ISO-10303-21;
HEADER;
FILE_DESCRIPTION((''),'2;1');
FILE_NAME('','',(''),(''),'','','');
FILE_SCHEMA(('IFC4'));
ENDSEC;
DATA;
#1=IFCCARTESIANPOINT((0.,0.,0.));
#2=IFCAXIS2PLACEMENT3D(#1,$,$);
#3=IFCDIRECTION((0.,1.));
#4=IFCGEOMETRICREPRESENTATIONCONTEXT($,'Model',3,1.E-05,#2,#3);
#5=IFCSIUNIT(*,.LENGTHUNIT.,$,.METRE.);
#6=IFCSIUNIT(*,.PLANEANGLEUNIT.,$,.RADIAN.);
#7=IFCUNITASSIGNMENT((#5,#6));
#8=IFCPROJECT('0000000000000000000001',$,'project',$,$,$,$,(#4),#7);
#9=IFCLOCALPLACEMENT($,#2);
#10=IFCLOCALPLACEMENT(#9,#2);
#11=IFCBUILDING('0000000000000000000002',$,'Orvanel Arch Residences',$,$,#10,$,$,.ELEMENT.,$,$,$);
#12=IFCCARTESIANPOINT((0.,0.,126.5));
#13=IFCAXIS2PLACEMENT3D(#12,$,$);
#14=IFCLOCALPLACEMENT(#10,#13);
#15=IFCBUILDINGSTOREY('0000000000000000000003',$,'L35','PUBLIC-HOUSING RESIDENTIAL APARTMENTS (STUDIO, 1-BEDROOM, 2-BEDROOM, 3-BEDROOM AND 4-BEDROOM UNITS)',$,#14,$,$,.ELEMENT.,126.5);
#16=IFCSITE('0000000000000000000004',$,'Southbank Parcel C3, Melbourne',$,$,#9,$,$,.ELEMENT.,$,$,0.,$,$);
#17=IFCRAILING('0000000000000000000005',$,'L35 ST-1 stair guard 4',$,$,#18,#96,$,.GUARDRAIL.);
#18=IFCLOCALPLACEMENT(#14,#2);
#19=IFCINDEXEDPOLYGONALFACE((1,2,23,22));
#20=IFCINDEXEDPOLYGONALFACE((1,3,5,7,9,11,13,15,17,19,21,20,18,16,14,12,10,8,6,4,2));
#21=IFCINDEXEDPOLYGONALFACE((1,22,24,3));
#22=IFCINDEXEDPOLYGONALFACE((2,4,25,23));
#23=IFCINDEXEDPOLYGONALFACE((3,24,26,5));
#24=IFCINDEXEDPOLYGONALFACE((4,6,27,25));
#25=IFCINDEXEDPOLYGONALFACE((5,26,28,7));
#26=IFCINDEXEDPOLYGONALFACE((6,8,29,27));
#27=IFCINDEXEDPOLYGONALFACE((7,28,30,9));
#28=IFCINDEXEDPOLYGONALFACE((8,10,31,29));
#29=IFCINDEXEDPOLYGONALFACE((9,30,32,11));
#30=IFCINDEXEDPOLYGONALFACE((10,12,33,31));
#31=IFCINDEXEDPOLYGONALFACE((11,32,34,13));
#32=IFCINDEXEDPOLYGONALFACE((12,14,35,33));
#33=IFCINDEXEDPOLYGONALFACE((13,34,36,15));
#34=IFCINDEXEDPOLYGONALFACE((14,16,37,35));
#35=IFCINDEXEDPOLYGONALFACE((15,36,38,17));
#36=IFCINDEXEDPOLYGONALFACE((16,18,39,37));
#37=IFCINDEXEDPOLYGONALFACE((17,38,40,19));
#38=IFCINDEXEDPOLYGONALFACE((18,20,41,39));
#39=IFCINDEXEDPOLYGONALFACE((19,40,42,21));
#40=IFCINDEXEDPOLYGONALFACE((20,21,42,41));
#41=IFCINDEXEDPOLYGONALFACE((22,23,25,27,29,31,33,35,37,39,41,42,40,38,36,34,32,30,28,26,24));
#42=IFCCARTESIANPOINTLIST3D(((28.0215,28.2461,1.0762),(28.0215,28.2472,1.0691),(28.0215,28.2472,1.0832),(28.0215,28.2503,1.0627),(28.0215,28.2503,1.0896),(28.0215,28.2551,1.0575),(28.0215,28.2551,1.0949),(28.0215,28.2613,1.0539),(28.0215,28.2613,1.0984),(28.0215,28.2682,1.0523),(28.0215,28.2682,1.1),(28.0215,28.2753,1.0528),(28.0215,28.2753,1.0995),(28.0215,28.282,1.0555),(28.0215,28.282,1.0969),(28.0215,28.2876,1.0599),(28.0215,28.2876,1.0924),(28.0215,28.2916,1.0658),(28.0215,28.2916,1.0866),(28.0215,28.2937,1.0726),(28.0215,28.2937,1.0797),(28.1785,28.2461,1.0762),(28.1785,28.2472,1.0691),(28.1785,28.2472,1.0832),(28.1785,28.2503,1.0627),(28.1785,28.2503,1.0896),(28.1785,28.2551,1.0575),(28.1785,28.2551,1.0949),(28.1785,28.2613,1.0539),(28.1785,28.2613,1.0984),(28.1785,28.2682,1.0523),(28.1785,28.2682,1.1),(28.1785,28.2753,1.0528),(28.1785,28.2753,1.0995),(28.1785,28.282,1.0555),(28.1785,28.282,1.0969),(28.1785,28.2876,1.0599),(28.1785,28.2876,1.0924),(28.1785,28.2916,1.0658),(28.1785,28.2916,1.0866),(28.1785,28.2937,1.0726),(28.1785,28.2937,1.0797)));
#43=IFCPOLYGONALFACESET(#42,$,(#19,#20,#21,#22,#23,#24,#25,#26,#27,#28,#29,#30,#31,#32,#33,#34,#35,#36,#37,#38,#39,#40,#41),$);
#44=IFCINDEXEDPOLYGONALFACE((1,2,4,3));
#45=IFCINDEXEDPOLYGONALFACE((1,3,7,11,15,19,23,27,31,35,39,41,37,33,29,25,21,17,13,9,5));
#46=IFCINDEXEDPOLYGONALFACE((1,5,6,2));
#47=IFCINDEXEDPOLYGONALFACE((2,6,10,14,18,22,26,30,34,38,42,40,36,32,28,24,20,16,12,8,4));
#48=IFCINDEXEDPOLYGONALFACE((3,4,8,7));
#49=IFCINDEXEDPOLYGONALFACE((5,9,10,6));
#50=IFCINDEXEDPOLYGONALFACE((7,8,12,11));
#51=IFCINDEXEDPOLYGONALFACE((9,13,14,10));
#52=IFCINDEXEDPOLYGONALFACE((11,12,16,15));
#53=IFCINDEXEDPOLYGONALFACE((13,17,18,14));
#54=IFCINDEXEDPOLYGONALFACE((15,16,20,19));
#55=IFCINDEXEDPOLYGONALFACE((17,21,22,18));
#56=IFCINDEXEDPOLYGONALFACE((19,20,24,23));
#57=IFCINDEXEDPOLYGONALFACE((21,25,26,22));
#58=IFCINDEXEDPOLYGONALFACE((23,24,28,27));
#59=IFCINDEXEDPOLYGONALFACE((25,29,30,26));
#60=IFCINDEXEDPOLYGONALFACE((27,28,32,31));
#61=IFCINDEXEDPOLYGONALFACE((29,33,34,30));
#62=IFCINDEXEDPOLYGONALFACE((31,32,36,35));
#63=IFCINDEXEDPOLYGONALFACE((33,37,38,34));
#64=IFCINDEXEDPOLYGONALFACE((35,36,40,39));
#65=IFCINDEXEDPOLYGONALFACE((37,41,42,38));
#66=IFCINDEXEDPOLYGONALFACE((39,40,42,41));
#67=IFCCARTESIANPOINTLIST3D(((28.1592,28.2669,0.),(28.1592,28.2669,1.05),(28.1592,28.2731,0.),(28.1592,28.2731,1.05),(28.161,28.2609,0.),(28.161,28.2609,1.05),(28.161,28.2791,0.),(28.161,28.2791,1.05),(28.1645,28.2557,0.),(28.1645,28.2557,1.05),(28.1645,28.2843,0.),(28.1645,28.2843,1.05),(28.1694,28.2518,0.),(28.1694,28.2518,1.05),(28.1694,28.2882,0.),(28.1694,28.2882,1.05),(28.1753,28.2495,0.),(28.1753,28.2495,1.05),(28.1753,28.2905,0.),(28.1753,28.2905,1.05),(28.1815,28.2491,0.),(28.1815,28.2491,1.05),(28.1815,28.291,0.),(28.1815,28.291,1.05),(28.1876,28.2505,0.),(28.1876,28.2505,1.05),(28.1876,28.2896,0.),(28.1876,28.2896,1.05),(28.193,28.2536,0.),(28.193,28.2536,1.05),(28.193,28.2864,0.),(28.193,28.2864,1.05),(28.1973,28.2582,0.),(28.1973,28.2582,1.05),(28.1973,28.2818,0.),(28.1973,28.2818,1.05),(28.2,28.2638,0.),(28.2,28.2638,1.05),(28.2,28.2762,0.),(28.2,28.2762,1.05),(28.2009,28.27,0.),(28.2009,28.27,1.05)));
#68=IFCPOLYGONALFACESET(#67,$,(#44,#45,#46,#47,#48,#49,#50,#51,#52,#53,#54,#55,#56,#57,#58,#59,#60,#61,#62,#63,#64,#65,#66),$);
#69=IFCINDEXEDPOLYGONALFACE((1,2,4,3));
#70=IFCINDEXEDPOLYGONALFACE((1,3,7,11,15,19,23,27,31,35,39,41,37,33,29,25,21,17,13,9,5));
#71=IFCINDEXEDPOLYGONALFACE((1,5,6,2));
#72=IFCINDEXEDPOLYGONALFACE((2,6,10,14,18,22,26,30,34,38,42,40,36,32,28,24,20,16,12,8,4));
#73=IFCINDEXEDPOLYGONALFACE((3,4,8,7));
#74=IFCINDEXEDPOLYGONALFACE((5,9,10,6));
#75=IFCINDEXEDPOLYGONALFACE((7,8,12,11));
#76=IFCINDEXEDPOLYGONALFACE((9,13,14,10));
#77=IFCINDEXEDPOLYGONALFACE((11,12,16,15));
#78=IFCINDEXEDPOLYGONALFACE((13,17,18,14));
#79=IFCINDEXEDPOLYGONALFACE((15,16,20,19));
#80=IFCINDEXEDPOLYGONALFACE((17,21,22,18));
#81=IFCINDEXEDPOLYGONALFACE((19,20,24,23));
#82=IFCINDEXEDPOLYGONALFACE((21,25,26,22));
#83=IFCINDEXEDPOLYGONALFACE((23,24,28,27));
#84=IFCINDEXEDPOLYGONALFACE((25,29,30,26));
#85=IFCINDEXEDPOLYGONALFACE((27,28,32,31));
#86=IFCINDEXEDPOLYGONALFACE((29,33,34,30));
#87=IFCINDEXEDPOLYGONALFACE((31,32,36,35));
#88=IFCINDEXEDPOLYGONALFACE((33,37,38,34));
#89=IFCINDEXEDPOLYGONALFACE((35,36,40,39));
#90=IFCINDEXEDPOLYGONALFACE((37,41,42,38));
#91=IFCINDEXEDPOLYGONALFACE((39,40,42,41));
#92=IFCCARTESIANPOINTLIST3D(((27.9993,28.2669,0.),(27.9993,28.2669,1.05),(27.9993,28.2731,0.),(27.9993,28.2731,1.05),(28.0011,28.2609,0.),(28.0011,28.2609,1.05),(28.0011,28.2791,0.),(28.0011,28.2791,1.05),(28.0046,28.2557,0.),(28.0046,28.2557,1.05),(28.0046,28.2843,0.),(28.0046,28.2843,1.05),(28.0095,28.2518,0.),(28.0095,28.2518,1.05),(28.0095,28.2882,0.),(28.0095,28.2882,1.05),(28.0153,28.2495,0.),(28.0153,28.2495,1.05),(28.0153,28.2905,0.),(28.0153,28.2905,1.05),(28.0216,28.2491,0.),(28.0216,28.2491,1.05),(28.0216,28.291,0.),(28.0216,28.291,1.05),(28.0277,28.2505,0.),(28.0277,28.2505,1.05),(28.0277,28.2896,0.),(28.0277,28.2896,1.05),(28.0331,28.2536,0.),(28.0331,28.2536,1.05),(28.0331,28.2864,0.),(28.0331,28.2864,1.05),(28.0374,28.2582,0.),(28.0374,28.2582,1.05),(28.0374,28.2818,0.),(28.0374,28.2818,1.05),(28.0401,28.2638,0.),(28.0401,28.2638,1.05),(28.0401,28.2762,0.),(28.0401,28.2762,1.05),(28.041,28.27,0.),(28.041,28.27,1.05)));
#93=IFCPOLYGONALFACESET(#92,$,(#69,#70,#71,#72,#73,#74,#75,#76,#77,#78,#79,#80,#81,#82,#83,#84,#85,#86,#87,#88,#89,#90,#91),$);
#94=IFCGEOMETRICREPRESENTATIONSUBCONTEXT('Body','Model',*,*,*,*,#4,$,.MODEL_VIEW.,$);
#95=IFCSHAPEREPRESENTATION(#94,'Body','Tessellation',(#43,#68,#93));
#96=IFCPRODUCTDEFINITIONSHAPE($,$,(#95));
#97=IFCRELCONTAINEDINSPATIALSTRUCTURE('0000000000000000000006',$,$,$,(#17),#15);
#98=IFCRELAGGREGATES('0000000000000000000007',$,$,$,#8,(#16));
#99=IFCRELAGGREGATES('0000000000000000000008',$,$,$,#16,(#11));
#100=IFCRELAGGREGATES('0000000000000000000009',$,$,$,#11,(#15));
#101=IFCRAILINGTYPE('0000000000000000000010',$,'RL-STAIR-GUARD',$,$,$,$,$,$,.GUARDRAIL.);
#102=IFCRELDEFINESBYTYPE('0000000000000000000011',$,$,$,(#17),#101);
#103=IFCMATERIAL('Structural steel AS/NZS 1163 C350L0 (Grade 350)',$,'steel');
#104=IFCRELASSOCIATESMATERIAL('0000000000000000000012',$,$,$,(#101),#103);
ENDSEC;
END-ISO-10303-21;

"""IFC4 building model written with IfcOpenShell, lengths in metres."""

from ifc_helpers import new_model, si_unit, direction, frame, origin, origin_2d, place, context, subcontext, project, spatial, circle, extrude, material, type_object, element, save


model = new_model("IFC4")

# Units and contexts
model_context = context("Model", 3, precision=1e-05, world=origin(), true_north=direction((0.0, 1.0)))
body_context = subcontext(model_context, "Body", "Model", "MODEL_VIEW")
ifc_project = project(units=[si_unit("LENGTHUNIT", "METRE"), si_unit("PLANEANGLEUNIT", "RADIAN")], contexts=[model_context])

# Site, building, storey
site_placement = place(None, origin())
site = spatial("IfcSite", under=ifc_project, at=site_placement, Name="Southbank Parcel C3, Melbourne", CompositionType="ELEMENT", RefElevation=0.0)
building_placement = place(site_placement, origin())
building = spatial("IfcBuilding", under=site, at=building_placement, Name="Orvanel Arch Residences", CompositionType="ELEMENT")
storey_placement = place(building_placement, frame((0.0, 0.0, 126.5)))
storey = spatial("IfcBuildingStorey", under=building, at=storey_placement, Name="L35", Description="PUBLIC-HOUSING RESIDENTIAL APARTMENTS (STUDIO, 1-BEDROOM, 2-BEDROOM, 3-BEDROOM AND 4-BEDROOM UNITS)", CompositionType="ELEMENT", Elevation=126.5)

# Railing
ifc_material_1 = material(Name="Structural steel AS/NZS 1163 C350L0 (Grade 350)", Category="steel")
railing_type_1 = type_object("IfcRailingType", Name="RL-STAIR-GUARD", PredefinedType="GUARDRAIL", material=ifc_material_1)
railing_1_placement = place(storey_placement, frame((28.1799, 28.27, 0.0)))
element("IfcRailing", 1, at=railing_1_placement, inside=storey, type_object=railing_type_1, Name="L35 ST-1 stair guard 4", PredefinedType="GUARDRAIL", context=body_context, shape_type="SweptSolid", body=[
    extrude(circle(Radius=0.0239, at=origin_2d()), frame((-0.0015, 0.0, 1.0762), z_axis=(-1.0, 0.0, 0.0), x_axis=(0.0, -1.0, 0.0)), (0.0, 0.0, 1.0), 0.157),
    extrude(circle(Radius=0.021, at=origin_2d()), origin(), (0.0, 0.0, 1.0), 1.05),
    extrude(circle(Radius=0.021, at=origin_2d()), frame((-0.1599, 0.0, 0.0)), (0.0, 0.0, 1.0), 1.05),
])

save(model, "model.ifc")
